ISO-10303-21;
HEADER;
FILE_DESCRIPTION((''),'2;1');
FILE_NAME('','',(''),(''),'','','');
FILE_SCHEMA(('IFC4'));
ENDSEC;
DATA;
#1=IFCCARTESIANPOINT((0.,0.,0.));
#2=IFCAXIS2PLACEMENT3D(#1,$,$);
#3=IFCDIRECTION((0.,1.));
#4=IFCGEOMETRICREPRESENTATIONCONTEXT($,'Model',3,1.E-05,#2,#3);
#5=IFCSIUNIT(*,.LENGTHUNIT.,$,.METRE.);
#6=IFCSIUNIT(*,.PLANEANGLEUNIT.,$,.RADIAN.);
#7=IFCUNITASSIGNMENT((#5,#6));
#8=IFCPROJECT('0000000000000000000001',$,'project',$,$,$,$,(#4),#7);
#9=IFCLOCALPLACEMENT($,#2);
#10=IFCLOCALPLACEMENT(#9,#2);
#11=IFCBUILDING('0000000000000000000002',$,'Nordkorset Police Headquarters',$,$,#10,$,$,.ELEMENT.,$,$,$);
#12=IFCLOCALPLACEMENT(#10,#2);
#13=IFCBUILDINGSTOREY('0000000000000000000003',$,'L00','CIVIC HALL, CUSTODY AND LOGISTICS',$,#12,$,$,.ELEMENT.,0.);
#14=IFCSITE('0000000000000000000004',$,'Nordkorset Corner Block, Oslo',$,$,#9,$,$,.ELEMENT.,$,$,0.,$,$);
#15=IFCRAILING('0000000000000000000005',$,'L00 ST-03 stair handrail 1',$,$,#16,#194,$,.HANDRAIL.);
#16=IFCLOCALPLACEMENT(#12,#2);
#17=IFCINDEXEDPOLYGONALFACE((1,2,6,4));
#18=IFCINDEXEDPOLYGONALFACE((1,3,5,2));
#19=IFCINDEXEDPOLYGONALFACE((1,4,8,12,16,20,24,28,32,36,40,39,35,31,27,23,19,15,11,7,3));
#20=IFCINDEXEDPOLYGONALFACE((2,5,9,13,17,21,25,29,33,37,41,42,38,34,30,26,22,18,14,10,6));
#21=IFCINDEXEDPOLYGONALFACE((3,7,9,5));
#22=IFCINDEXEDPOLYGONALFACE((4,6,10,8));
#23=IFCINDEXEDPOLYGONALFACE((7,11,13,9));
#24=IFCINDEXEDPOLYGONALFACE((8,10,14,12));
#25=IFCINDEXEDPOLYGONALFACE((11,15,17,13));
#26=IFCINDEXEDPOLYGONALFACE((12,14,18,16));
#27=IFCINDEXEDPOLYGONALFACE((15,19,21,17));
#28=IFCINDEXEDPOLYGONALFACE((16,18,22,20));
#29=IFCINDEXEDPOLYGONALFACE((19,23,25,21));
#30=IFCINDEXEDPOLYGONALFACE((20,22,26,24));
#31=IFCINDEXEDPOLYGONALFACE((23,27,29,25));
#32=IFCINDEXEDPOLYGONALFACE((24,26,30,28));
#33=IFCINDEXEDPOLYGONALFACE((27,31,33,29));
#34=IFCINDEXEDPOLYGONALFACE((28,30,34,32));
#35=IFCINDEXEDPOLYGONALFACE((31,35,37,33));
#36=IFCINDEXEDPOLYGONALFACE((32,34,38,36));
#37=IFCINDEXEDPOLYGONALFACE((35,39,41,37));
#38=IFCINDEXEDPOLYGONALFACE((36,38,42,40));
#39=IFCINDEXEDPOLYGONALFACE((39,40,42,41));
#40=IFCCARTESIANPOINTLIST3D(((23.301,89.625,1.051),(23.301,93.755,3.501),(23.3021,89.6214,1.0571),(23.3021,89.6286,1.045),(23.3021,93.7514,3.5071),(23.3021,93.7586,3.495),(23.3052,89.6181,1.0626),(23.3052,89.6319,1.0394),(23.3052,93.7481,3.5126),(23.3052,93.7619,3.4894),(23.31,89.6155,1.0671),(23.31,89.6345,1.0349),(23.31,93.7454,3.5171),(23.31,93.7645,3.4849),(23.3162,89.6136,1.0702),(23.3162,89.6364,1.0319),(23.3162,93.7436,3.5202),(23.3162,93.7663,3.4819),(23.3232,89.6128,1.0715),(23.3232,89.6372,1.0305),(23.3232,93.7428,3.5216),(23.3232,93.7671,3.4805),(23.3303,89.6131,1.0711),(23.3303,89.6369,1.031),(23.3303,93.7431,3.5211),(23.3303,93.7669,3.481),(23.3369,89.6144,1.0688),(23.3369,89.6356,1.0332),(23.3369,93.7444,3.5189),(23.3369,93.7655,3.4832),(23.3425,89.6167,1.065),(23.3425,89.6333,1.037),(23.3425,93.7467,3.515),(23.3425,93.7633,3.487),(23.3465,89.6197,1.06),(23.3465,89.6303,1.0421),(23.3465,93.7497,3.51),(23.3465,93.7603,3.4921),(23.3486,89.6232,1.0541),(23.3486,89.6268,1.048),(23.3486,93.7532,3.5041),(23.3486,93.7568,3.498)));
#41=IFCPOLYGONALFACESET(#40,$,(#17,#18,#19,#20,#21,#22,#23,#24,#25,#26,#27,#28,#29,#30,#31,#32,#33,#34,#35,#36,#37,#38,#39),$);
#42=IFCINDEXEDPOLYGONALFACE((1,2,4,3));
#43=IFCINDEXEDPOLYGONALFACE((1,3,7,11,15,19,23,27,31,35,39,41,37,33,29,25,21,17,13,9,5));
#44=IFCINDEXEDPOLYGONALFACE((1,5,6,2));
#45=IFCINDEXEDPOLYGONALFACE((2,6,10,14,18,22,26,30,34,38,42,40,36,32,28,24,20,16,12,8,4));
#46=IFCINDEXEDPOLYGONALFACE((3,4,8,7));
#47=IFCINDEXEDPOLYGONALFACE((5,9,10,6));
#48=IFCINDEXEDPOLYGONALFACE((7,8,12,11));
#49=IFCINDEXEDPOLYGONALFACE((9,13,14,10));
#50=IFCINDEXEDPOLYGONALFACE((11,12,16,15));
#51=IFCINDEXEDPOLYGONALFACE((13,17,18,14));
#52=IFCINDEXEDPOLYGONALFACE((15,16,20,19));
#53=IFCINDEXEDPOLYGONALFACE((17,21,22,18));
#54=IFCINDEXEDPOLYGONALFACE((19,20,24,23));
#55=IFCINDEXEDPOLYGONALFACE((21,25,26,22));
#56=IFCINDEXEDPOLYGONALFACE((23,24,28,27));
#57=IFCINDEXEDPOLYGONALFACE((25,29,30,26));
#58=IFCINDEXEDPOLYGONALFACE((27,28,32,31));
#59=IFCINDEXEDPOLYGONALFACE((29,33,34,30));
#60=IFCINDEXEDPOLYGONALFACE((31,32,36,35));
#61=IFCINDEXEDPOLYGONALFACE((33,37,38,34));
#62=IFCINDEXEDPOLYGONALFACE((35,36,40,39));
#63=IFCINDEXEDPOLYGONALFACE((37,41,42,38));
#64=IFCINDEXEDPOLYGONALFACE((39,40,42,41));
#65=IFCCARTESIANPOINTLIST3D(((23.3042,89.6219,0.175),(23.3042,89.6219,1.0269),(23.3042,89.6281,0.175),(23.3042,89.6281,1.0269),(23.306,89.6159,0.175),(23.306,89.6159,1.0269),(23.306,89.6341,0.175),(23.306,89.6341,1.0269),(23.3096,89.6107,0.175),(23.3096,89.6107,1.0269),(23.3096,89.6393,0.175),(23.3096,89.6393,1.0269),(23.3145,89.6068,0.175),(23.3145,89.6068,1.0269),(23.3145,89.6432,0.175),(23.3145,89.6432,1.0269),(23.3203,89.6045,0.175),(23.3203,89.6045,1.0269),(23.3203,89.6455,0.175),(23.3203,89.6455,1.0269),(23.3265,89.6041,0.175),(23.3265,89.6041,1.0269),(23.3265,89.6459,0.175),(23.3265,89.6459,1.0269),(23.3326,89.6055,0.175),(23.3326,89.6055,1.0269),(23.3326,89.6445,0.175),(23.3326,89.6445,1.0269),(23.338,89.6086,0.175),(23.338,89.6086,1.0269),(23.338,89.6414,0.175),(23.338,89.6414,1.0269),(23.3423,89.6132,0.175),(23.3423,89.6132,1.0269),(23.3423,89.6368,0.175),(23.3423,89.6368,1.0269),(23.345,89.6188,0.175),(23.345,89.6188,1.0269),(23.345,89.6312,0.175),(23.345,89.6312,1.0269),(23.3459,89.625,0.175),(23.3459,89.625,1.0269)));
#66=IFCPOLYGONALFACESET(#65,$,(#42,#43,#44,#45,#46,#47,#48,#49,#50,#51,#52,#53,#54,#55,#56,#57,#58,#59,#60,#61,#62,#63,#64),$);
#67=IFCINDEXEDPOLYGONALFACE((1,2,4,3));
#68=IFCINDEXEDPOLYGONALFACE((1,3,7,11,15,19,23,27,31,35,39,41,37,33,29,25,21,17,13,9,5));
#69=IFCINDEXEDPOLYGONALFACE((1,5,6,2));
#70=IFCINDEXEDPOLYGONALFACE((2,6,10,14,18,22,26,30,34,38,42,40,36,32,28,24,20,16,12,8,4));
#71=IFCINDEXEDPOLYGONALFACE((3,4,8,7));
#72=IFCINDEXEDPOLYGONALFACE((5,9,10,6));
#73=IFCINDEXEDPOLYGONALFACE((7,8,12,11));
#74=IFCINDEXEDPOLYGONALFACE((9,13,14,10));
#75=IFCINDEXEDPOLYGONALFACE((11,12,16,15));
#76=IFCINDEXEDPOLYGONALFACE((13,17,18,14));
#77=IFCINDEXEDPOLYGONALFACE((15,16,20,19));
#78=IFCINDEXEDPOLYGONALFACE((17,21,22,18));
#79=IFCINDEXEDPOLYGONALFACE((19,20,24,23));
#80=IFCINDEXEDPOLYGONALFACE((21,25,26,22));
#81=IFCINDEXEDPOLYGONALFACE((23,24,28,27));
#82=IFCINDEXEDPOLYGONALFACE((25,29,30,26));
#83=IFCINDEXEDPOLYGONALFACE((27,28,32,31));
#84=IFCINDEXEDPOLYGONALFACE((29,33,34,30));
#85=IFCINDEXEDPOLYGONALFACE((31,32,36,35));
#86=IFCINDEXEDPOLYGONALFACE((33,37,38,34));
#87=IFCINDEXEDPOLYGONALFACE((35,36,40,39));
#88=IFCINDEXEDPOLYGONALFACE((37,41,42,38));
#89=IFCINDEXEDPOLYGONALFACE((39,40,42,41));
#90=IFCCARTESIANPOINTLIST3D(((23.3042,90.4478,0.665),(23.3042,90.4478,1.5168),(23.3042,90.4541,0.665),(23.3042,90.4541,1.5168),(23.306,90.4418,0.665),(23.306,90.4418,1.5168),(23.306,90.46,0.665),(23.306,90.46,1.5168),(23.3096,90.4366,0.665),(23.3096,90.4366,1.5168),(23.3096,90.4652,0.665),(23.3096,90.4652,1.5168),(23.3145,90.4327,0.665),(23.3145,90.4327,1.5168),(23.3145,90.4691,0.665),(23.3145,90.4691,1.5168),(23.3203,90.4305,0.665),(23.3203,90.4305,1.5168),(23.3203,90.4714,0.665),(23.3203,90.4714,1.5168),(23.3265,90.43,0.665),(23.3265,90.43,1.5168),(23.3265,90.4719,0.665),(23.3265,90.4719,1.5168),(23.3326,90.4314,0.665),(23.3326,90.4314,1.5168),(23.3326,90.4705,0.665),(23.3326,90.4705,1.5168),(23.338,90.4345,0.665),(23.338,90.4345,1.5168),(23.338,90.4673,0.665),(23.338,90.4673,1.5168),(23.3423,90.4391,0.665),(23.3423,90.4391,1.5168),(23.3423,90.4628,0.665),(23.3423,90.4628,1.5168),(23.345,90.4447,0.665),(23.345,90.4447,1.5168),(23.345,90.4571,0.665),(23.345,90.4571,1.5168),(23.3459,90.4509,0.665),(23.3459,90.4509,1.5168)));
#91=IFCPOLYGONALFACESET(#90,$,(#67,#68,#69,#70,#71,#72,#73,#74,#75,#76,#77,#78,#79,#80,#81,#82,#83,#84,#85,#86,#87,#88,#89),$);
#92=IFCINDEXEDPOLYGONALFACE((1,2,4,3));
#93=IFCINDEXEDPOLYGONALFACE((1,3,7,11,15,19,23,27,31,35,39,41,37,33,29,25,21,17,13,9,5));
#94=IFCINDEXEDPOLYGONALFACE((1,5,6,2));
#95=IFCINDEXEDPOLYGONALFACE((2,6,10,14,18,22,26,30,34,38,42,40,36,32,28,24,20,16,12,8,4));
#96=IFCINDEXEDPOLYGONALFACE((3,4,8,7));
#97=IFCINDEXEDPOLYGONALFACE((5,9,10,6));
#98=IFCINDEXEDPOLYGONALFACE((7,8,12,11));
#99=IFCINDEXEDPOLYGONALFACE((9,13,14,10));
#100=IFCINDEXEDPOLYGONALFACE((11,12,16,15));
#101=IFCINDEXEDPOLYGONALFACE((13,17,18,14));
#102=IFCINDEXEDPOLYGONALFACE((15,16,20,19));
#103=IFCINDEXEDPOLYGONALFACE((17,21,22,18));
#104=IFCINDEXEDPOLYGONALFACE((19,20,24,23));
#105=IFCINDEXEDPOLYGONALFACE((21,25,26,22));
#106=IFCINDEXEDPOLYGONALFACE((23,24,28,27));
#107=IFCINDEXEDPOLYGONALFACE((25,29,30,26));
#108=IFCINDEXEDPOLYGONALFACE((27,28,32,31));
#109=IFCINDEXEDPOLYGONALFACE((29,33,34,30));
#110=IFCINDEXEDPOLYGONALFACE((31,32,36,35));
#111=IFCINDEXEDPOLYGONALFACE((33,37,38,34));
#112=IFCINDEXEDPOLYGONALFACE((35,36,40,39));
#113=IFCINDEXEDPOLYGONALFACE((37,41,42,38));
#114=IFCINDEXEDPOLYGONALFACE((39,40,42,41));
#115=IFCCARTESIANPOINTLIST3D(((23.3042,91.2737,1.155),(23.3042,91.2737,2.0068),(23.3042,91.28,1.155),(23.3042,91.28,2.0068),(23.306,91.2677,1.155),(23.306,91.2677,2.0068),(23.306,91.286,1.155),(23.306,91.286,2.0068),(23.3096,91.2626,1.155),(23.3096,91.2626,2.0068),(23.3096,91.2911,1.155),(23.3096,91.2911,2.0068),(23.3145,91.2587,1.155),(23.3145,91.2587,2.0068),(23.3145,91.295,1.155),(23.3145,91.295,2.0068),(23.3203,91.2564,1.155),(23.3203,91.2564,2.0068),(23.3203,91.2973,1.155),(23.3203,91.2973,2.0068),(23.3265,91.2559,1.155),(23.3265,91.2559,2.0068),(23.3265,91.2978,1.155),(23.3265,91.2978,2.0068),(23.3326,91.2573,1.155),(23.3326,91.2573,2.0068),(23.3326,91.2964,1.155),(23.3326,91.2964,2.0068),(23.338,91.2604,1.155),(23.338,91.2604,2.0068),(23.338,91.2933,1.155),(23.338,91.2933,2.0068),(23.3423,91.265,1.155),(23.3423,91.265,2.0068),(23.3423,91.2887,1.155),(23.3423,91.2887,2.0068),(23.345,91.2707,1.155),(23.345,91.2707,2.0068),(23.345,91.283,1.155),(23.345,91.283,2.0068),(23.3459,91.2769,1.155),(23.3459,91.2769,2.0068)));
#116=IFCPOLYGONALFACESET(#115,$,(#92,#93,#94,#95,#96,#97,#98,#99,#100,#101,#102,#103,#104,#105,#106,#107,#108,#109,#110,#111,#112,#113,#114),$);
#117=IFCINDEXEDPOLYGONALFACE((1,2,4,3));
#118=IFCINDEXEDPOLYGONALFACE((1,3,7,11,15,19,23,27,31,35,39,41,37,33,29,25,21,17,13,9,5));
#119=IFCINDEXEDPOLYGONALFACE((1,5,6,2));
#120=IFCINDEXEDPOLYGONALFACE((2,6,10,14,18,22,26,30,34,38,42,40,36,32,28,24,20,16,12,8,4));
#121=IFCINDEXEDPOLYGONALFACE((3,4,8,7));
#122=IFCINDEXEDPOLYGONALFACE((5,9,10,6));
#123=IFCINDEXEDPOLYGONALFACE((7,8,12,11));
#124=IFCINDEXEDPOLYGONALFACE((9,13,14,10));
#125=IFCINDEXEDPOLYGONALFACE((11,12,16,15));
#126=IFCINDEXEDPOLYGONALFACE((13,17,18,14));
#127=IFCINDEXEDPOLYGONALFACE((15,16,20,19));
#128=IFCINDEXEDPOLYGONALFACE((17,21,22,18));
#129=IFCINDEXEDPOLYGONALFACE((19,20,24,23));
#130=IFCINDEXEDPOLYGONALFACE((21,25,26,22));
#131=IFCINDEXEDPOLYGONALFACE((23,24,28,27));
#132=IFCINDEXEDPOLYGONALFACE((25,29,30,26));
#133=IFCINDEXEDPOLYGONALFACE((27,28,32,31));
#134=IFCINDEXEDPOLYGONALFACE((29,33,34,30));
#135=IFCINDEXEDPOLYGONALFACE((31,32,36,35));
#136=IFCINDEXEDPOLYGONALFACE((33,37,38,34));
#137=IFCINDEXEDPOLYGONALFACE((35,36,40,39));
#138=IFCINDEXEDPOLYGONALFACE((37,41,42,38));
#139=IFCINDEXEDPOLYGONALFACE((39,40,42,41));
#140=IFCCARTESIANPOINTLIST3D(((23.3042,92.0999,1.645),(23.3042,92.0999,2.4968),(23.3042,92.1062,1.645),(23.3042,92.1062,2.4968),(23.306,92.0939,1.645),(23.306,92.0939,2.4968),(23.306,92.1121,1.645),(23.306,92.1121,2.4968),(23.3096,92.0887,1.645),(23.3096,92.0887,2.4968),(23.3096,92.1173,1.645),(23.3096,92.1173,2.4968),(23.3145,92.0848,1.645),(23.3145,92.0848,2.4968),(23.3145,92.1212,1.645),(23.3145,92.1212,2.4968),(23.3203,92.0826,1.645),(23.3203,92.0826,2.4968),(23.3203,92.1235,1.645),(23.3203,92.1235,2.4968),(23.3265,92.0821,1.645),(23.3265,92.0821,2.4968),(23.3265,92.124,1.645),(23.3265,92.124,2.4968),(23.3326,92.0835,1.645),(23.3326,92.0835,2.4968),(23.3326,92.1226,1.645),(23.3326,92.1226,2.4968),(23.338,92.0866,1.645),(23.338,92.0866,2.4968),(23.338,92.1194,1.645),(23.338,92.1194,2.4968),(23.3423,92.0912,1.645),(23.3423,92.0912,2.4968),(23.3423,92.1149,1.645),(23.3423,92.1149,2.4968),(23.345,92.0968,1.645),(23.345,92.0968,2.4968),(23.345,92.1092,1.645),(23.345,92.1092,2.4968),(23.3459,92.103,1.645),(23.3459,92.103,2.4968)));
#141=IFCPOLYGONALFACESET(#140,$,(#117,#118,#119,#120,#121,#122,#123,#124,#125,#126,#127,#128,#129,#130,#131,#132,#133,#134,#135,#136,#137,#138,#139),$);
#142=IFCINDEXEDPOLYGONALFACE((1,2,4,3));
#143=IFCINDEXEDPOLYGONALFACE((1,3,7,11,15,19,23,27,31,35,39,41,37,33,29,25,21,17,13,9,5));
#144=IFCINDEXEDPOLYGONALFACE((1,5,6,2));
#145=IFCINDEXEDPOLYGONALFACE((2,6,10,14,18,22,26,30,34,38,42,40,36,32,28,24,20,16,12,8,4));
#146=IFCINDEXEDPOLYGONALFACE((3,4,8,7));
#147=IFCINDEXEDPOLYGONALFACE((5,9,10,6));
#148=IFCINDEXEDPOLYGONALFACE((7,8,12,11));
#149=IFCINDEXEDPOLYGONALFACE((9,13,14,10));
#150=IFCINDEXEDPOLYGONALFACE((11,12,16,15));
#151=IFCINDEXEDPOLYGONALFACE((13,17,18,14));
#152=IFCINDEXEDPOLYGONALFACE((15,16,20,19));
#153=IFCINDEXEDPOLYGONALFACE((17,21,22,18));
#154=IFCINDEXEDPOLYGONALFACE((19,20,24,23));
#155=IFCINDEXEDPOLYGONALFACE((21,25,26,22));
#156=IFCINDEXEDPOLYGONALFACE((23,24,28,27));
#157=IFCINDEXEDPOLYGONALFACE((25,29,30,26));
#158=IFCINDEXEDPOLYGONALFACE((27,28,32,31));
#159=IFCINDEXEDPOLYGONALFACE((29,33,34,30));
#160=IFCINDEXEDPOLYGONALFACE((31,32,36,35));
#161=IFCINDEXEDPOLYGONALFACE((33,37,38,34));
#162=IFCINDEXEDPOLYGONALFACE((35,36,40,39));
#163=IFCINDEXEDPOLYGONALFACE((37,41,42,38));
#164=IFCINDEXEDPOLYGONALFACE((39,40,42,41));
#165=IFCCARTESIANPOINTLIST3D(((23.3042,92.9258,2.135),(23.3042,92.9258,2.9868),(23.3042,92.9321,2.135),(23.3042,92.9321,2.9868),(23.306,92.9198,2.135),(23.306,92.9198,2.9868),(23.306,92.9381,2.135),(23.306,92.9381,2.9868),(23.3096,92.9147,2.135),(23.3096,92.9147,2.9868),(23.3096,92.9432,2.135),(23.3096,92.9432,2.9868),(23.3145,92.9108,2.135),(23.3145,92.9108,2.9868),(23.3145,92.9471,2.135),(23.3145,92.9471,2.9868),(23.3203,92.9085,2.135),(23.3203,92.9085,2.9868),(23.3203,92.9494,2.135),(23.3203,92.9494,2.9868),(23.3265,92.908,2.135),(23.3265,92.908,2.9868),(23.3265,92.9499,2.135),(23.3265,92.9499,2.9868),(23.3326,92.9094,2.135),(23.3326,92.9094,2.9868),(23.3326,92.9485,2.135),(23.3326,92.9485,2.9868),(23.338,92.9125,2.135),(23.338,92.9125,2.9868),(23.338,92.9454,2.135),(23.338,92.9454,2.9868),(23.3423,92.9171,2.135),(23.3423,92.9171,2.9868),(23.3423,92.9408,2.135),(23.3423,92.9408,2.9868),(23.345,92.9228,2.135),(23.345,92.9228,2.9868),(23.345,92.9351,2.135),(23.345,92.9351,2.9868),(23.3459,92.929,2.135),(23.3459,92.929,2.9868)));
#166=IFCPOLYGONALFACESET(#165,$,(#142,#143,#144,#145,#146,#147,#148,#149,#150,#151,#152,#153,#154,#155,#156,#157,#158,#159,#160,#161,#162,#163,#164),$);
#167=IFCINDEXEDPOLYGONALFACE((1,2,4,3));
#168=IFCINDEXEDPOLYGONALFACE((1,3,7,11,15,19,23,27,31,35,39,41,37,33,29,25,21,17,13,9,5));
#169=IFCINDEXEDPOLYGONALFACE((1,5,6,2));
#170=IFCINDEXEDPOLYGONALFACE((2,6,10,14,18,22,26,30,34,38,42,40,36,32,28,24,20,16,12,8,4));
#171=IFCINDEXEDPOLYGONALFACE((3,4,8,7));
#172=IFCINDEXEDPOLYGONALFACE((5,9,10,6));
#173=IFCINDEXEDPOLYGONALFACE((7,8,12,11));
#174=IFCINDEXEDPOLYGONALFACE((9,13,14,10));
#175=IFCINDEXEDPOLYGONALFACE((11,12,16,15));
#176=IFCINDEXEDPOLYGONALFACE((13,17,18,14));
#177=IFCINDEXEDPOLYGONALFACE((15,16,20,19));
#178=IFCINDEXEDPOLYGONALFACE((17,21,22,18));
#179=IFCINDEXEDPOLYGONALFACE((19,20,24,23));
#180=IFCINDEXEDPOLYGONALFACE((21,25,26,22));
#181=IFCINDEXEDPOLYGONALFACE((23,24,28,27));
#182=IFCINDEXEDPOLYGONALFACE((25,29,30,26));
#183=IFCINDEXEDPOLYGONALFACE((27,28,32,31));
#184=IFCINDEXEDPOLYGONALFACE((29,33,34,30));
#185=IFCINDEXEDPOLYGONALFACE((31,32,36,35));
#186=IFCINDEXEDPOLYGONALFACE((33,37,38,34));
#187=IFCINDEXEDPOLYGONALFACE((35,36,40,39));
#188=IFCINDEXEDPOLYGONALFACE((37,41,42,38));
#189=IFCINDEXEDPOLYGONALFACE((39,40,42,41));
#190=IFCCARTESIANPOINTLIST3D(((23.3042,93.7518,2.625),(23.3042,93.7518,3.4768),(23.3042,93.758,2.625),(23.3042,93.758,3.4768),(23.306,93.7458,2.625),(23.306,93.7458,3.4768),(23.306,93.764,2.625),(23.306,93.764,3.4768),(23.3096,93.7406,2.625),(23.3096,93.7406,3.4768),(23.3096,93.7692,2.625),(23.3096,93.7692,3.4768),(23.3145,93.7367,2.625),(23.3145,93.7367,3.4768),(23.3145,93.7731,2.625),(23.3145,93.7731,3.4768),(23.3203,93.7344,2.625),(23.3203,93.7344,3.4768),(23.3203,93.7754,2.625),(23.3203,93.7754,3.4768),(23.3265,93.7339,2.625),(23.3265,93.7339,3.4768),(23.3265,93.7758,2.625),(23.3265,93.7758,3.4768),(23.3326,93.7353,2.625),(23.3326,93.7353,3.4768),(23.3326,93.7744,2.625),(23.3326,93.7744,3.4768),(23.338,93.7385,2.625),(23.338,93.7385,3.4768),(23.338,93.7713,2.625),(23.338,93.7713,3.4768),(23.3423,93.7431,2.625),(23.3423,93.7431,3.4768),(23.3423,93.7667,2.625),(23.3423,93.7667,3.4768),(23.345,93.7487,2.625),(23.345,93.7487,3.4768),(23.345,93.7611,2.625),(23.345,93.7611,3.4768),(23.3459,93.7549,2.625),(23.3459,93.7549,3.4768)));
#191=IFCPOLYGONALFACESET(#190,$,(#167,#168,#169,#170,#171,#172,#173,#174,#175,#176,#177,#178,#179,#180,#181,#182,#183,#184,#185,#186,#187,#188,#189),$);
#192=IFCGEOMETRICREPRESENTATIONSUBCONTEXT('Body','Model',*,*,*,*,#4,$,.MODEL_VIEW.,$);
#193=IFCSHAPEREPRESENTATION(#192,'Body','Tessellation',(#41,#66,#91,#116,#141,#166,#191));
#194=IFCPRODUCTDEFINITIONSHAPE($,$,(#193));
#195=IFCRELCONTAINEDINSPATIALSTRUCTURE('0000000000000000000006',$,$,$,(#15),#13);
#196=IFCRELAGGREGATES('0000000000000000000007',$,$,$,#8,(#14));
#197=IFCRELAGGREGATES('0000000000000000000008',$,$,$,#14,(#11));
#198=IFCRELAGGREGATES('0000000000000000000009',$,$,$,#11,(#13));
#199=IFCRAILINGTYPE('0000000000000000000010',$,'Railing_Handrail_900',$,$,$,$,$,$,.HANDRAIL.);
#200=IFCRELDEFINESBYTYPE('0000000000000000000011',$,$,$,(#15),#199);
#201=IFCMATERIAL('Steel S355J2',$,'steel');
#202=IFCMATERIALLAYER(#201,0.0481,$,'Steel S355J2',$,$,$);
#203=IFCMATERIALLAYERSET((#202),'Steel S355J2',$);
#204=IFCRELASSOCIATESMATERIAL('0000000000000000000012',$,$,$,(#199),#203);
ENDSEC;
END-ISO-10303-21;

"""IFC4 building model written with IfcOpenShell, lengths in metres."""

from ifc_helpers import new_model, si_unit, direction, frame, origin, origin_2d, place, context, subcontext, project, spatial, circle, extrude, material, layer, layer_set, type_object, element, save


model = new_model("IFC4")

# Units and contexts
model_context = context("Model", 3, precision=1e-05, world=origin(), true_north=direction((0.0, 1.0)))
body_context = subcontext(model_context, "Body", "Model", "MODEL_VIEW")
ifc_project = project(units=[si_unit("LENGTHUNIT", "METRE"), si_unit("PLANEANGLEUNIT", "RADIAN")], contexts=[model_context])

# Site, building, storey
site_placement = place(None, origin())
site = spatial("IfcSite", under=ifc_project, at=site_placement, Name="Nordkorset Corner Block, Oslo", CompositionType="ELEMENT", RefElevation=0.0)
building_placement = place(site_placement, origin())
building = spatial("IfcBuilding", under=site, at=building_placement, Name="Nordkorset Police Headquarters", CompositionType="ELEMENT")
storey_placement = place(building_placement, origin())
storey = spatial("IfcBuildingStorey", under=building, at=storey_placement, Name="L00", Description="CIVIC HALL, CUSTODY AND LOGISTICS", CompositionType="ELEMENT", Elevation=0.0)

# Railing
ifc_material_1 = material(Name="Steel S355J2", Category="steel")
ifc_layer_1 = layer(ifc_material_1, 0.0481, Name="Steel S355J2")
ifc_layer_set_1 = layer_set([ifc_layer_1], Name="Steel S355J2")
railing_type_1 = type_object("IfcRailingType", Name="Railing_Handrail_900", PredefinedType="HANDRAIL", material=ifc_layer_set_1)
railing_1_placement = place(storey_placement, frame((23.325, 89.625, 0.175)))
element("IfcRailing", 1, at=railing_1_placement, inside=storey, type_object=railing_type_1, Name="L00 ST-03 stair handrail 1", PredefinedType="HANDRAIL", context=body_context, shape_type="SweptSolid", body=[
    extrude(circle(Radius=0.0239, at=origin_2d()), frame((0.0, 0.0, 0.876), z_axis=(0.0, 0.860053, 0.510205), x_axis=(-1.0, 0.0, 0.0)), (0.0, 0.0, 1.0), 4.802),
    extrude(circle(Radius=0.021, at=origin_2d()), origin(), (0.0, 0.0, 1.0), 0.8518),
    extrude(circle(Radius=0.021, at=origin_2d()), frame((0.0, 0.8259, 0.49)), (0.0, 0.0, 1.0), 0.8518),
    extrude(circle(Radius=0.021, at=origin_2d()), frame((0.0, 1.6519, 0.98)), (0.0, 0.0, 1.0), 0.8518),
    extrude(circle(Radius=0.021, at=origin_2d()), frame((0.0, 2.478, 1.47)), (0.0, 0.0, 1.0), 0.8518),
    extrude(circle(Radius=0.021, at=origin_2d()), frame((0.0, 3.304, 1.96)), (0.0, 0.0, 1.0), 0.8518),
    extrude(circle(Radius=0.021, at=origin_2d()), frame((0.0, 4.1299, 2.45)), (0.0, 0.0, 1.0), 0.8518),
])

save(model, "model.ifc")
